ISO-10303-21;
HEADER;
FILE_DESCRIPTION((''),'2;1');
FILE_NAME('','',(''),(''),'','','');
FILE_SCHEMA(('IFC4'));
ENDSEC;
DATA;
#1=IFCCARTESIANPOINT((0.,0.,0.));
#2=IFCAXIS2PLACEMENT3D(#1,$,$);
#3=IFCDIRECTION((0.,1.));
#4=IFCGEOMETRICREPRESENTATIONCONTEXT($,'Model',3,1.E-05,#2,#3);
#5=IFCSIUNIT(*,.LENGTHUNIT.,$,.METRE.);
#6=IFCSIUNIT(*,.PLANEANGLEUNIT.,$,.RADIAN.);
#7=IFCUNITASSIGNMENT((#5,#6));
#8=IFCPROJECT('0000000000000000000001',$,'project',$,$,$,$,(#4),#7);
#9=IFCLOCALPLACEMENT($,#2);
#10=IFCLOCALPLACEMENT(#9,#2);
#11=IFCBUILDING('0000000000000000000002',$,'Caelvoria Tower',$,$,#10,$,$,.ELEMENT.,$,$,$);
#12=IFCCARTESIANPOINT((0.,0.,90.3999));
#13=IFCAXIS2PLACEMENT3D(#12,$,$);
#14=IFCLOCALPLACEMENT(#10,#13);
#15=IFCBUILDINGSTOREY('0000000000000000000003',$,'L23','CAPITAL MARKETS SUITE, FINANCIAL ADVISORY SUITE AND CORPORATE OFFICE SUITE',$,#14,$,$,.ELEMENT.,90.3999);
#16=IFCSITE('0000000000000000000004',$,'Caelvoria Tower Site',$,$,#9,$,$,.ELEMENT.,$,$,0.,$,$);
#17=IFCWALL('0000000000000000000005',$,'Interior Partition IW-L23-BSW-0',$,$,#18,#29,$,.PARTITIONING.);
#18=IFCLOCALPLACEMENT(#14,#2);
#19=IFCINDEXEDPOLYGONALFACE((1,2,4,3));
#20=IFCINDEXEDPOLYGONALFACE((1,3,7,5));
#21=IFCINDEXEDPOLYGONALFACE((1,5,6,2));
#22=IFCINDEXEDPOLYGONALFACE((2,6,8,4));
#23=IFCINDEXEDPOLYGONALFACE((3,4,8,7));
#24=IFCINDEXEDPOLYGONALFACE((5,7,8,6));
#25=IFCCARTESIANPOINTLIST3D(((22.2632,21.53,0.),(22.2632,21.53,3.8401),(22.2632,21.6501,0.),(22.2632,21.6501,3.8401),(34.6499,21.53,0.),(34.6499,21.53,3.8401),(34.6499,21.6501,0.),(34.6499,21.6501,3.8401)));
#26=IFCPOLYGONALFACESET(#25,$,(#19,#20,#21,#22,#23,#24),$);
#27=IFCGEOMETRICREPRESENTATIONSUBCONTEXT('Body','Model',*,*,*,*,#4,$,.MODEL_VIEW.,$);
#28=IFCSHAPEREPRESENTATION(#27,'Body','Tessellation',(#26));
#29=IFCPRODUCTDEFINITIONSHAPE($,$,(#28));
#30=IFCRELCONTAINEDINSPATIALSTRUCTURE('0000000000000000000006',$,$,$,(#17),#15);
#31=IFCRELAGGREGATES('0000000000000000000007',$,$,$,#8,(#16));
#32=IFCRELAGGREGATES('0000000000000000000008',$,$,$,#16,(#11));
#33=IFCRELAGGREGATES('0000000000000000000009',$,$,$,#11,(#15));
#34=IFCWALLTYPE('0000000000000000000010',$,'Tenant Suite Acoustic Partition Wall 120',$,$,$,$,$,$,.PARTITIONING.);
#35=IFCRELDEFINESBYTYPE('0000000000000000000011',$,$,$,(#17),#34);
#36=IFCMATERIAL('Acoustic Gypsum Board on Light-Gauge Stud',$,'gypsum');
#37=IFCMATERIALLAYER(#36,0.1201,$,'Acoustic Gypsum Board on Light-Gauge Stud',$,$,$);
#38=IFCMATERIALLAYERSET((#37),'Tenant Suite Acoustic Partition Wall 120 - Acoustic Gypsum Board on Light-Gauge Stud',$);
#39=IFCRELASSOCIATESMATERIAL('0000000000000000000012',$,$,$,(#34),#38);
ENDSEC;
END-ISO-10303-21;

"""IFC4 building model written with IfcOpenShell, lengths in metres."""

from ifc_helpers import new_model, si_unit, direction, frame, frame_2d, origin, place, context, subcontext, project, spatial, rectangle, extrude, material, layer, layer_set, type_object, element, save


model = new_model("IFC4")

# Units and contexts
model_context = context("Model", 3, precision=1e-05, world=origin(), true_north=direction((0.0, 1.0)))
body_context = subcontext(model_context, "Body", "Model", "MODEL_VIEW")
ifc_project = project(units=[si_unit("LENGTHUNIT", "METRE"), si_unit("PLANEANGLEUNIT", "RADIAN")], contexts=[model_context])

# Site, building, storey
site_placement = place(None, origin())
site = spatial("IfcSite", under=ifc_project, at=site_placement, Name="Caelvoria Tower Site", CompositionType="ELEMENT", RefElevation=0.0)
building_placement = place(site_placement, origin())
building = spatial("IfcBuilding", under=site, at=building_placement, Name="Caelvoria Tower", CompositionType="ELEMENT")
storey_placement = place(building_placement, frame((0.0, 0.0, 90.3999)))
storey = spatial("IfcBuildingStorey", under=building, at=storey_placement, Name="L23", Description="CAPITAL MARKETS SUITE, FINANCIAL ADVISORY SUITE AND CORPORATE OFFICE SUITE", CompositionType="ELEMENT", Elevation=90.3999)

# Shared definitions
ifc_material_1 = material(Name="Acoustic Gypsum Board on Light-Gauge Stud", Category="gypsum")
ifc_layer_1 = layer(ifc_material_1, 0.1201, Name="Acoustic Gypsum Board on Light-Gauge Stud")
ifc_layer_set_1 = layer_set([ifc_layer_1], Name="Tenant Suite Acoustic Partition Wall 120 - Acoustic Gypsum Board on Light-Gauge Stud")
wall_type_1 = type_object("IfcWallType", Name="Tenant Suite Acoustic Partition Wall 120", PredefinedType="PARTITIONING", material=ifc_layer_set_1)

# Wall
wall_1_placement = place(storey_placement, frame((34.6499, 21.5901, 0.0), z_axis=(0.0, 0.0, 1.0), x_axis=(-1.0, 0.0, 0.0)))
element("IfcWall", 1, at=wall_1_placement, inside=storey, type_object=wall_type_1, Name="Interior Partition IW-L23-BSW-0", PredefinedType="PARTITIONING", context=body_context, shape_type="SweptSolid", body=[
    extrude(rectangle(XDim=12.3867, YDim=0.1201, at=frame_2d((6.1934, 0.0))), origin(), (0.0, 0.0, 1.0), 3.8401),
])

save(model, "model.ifc")
